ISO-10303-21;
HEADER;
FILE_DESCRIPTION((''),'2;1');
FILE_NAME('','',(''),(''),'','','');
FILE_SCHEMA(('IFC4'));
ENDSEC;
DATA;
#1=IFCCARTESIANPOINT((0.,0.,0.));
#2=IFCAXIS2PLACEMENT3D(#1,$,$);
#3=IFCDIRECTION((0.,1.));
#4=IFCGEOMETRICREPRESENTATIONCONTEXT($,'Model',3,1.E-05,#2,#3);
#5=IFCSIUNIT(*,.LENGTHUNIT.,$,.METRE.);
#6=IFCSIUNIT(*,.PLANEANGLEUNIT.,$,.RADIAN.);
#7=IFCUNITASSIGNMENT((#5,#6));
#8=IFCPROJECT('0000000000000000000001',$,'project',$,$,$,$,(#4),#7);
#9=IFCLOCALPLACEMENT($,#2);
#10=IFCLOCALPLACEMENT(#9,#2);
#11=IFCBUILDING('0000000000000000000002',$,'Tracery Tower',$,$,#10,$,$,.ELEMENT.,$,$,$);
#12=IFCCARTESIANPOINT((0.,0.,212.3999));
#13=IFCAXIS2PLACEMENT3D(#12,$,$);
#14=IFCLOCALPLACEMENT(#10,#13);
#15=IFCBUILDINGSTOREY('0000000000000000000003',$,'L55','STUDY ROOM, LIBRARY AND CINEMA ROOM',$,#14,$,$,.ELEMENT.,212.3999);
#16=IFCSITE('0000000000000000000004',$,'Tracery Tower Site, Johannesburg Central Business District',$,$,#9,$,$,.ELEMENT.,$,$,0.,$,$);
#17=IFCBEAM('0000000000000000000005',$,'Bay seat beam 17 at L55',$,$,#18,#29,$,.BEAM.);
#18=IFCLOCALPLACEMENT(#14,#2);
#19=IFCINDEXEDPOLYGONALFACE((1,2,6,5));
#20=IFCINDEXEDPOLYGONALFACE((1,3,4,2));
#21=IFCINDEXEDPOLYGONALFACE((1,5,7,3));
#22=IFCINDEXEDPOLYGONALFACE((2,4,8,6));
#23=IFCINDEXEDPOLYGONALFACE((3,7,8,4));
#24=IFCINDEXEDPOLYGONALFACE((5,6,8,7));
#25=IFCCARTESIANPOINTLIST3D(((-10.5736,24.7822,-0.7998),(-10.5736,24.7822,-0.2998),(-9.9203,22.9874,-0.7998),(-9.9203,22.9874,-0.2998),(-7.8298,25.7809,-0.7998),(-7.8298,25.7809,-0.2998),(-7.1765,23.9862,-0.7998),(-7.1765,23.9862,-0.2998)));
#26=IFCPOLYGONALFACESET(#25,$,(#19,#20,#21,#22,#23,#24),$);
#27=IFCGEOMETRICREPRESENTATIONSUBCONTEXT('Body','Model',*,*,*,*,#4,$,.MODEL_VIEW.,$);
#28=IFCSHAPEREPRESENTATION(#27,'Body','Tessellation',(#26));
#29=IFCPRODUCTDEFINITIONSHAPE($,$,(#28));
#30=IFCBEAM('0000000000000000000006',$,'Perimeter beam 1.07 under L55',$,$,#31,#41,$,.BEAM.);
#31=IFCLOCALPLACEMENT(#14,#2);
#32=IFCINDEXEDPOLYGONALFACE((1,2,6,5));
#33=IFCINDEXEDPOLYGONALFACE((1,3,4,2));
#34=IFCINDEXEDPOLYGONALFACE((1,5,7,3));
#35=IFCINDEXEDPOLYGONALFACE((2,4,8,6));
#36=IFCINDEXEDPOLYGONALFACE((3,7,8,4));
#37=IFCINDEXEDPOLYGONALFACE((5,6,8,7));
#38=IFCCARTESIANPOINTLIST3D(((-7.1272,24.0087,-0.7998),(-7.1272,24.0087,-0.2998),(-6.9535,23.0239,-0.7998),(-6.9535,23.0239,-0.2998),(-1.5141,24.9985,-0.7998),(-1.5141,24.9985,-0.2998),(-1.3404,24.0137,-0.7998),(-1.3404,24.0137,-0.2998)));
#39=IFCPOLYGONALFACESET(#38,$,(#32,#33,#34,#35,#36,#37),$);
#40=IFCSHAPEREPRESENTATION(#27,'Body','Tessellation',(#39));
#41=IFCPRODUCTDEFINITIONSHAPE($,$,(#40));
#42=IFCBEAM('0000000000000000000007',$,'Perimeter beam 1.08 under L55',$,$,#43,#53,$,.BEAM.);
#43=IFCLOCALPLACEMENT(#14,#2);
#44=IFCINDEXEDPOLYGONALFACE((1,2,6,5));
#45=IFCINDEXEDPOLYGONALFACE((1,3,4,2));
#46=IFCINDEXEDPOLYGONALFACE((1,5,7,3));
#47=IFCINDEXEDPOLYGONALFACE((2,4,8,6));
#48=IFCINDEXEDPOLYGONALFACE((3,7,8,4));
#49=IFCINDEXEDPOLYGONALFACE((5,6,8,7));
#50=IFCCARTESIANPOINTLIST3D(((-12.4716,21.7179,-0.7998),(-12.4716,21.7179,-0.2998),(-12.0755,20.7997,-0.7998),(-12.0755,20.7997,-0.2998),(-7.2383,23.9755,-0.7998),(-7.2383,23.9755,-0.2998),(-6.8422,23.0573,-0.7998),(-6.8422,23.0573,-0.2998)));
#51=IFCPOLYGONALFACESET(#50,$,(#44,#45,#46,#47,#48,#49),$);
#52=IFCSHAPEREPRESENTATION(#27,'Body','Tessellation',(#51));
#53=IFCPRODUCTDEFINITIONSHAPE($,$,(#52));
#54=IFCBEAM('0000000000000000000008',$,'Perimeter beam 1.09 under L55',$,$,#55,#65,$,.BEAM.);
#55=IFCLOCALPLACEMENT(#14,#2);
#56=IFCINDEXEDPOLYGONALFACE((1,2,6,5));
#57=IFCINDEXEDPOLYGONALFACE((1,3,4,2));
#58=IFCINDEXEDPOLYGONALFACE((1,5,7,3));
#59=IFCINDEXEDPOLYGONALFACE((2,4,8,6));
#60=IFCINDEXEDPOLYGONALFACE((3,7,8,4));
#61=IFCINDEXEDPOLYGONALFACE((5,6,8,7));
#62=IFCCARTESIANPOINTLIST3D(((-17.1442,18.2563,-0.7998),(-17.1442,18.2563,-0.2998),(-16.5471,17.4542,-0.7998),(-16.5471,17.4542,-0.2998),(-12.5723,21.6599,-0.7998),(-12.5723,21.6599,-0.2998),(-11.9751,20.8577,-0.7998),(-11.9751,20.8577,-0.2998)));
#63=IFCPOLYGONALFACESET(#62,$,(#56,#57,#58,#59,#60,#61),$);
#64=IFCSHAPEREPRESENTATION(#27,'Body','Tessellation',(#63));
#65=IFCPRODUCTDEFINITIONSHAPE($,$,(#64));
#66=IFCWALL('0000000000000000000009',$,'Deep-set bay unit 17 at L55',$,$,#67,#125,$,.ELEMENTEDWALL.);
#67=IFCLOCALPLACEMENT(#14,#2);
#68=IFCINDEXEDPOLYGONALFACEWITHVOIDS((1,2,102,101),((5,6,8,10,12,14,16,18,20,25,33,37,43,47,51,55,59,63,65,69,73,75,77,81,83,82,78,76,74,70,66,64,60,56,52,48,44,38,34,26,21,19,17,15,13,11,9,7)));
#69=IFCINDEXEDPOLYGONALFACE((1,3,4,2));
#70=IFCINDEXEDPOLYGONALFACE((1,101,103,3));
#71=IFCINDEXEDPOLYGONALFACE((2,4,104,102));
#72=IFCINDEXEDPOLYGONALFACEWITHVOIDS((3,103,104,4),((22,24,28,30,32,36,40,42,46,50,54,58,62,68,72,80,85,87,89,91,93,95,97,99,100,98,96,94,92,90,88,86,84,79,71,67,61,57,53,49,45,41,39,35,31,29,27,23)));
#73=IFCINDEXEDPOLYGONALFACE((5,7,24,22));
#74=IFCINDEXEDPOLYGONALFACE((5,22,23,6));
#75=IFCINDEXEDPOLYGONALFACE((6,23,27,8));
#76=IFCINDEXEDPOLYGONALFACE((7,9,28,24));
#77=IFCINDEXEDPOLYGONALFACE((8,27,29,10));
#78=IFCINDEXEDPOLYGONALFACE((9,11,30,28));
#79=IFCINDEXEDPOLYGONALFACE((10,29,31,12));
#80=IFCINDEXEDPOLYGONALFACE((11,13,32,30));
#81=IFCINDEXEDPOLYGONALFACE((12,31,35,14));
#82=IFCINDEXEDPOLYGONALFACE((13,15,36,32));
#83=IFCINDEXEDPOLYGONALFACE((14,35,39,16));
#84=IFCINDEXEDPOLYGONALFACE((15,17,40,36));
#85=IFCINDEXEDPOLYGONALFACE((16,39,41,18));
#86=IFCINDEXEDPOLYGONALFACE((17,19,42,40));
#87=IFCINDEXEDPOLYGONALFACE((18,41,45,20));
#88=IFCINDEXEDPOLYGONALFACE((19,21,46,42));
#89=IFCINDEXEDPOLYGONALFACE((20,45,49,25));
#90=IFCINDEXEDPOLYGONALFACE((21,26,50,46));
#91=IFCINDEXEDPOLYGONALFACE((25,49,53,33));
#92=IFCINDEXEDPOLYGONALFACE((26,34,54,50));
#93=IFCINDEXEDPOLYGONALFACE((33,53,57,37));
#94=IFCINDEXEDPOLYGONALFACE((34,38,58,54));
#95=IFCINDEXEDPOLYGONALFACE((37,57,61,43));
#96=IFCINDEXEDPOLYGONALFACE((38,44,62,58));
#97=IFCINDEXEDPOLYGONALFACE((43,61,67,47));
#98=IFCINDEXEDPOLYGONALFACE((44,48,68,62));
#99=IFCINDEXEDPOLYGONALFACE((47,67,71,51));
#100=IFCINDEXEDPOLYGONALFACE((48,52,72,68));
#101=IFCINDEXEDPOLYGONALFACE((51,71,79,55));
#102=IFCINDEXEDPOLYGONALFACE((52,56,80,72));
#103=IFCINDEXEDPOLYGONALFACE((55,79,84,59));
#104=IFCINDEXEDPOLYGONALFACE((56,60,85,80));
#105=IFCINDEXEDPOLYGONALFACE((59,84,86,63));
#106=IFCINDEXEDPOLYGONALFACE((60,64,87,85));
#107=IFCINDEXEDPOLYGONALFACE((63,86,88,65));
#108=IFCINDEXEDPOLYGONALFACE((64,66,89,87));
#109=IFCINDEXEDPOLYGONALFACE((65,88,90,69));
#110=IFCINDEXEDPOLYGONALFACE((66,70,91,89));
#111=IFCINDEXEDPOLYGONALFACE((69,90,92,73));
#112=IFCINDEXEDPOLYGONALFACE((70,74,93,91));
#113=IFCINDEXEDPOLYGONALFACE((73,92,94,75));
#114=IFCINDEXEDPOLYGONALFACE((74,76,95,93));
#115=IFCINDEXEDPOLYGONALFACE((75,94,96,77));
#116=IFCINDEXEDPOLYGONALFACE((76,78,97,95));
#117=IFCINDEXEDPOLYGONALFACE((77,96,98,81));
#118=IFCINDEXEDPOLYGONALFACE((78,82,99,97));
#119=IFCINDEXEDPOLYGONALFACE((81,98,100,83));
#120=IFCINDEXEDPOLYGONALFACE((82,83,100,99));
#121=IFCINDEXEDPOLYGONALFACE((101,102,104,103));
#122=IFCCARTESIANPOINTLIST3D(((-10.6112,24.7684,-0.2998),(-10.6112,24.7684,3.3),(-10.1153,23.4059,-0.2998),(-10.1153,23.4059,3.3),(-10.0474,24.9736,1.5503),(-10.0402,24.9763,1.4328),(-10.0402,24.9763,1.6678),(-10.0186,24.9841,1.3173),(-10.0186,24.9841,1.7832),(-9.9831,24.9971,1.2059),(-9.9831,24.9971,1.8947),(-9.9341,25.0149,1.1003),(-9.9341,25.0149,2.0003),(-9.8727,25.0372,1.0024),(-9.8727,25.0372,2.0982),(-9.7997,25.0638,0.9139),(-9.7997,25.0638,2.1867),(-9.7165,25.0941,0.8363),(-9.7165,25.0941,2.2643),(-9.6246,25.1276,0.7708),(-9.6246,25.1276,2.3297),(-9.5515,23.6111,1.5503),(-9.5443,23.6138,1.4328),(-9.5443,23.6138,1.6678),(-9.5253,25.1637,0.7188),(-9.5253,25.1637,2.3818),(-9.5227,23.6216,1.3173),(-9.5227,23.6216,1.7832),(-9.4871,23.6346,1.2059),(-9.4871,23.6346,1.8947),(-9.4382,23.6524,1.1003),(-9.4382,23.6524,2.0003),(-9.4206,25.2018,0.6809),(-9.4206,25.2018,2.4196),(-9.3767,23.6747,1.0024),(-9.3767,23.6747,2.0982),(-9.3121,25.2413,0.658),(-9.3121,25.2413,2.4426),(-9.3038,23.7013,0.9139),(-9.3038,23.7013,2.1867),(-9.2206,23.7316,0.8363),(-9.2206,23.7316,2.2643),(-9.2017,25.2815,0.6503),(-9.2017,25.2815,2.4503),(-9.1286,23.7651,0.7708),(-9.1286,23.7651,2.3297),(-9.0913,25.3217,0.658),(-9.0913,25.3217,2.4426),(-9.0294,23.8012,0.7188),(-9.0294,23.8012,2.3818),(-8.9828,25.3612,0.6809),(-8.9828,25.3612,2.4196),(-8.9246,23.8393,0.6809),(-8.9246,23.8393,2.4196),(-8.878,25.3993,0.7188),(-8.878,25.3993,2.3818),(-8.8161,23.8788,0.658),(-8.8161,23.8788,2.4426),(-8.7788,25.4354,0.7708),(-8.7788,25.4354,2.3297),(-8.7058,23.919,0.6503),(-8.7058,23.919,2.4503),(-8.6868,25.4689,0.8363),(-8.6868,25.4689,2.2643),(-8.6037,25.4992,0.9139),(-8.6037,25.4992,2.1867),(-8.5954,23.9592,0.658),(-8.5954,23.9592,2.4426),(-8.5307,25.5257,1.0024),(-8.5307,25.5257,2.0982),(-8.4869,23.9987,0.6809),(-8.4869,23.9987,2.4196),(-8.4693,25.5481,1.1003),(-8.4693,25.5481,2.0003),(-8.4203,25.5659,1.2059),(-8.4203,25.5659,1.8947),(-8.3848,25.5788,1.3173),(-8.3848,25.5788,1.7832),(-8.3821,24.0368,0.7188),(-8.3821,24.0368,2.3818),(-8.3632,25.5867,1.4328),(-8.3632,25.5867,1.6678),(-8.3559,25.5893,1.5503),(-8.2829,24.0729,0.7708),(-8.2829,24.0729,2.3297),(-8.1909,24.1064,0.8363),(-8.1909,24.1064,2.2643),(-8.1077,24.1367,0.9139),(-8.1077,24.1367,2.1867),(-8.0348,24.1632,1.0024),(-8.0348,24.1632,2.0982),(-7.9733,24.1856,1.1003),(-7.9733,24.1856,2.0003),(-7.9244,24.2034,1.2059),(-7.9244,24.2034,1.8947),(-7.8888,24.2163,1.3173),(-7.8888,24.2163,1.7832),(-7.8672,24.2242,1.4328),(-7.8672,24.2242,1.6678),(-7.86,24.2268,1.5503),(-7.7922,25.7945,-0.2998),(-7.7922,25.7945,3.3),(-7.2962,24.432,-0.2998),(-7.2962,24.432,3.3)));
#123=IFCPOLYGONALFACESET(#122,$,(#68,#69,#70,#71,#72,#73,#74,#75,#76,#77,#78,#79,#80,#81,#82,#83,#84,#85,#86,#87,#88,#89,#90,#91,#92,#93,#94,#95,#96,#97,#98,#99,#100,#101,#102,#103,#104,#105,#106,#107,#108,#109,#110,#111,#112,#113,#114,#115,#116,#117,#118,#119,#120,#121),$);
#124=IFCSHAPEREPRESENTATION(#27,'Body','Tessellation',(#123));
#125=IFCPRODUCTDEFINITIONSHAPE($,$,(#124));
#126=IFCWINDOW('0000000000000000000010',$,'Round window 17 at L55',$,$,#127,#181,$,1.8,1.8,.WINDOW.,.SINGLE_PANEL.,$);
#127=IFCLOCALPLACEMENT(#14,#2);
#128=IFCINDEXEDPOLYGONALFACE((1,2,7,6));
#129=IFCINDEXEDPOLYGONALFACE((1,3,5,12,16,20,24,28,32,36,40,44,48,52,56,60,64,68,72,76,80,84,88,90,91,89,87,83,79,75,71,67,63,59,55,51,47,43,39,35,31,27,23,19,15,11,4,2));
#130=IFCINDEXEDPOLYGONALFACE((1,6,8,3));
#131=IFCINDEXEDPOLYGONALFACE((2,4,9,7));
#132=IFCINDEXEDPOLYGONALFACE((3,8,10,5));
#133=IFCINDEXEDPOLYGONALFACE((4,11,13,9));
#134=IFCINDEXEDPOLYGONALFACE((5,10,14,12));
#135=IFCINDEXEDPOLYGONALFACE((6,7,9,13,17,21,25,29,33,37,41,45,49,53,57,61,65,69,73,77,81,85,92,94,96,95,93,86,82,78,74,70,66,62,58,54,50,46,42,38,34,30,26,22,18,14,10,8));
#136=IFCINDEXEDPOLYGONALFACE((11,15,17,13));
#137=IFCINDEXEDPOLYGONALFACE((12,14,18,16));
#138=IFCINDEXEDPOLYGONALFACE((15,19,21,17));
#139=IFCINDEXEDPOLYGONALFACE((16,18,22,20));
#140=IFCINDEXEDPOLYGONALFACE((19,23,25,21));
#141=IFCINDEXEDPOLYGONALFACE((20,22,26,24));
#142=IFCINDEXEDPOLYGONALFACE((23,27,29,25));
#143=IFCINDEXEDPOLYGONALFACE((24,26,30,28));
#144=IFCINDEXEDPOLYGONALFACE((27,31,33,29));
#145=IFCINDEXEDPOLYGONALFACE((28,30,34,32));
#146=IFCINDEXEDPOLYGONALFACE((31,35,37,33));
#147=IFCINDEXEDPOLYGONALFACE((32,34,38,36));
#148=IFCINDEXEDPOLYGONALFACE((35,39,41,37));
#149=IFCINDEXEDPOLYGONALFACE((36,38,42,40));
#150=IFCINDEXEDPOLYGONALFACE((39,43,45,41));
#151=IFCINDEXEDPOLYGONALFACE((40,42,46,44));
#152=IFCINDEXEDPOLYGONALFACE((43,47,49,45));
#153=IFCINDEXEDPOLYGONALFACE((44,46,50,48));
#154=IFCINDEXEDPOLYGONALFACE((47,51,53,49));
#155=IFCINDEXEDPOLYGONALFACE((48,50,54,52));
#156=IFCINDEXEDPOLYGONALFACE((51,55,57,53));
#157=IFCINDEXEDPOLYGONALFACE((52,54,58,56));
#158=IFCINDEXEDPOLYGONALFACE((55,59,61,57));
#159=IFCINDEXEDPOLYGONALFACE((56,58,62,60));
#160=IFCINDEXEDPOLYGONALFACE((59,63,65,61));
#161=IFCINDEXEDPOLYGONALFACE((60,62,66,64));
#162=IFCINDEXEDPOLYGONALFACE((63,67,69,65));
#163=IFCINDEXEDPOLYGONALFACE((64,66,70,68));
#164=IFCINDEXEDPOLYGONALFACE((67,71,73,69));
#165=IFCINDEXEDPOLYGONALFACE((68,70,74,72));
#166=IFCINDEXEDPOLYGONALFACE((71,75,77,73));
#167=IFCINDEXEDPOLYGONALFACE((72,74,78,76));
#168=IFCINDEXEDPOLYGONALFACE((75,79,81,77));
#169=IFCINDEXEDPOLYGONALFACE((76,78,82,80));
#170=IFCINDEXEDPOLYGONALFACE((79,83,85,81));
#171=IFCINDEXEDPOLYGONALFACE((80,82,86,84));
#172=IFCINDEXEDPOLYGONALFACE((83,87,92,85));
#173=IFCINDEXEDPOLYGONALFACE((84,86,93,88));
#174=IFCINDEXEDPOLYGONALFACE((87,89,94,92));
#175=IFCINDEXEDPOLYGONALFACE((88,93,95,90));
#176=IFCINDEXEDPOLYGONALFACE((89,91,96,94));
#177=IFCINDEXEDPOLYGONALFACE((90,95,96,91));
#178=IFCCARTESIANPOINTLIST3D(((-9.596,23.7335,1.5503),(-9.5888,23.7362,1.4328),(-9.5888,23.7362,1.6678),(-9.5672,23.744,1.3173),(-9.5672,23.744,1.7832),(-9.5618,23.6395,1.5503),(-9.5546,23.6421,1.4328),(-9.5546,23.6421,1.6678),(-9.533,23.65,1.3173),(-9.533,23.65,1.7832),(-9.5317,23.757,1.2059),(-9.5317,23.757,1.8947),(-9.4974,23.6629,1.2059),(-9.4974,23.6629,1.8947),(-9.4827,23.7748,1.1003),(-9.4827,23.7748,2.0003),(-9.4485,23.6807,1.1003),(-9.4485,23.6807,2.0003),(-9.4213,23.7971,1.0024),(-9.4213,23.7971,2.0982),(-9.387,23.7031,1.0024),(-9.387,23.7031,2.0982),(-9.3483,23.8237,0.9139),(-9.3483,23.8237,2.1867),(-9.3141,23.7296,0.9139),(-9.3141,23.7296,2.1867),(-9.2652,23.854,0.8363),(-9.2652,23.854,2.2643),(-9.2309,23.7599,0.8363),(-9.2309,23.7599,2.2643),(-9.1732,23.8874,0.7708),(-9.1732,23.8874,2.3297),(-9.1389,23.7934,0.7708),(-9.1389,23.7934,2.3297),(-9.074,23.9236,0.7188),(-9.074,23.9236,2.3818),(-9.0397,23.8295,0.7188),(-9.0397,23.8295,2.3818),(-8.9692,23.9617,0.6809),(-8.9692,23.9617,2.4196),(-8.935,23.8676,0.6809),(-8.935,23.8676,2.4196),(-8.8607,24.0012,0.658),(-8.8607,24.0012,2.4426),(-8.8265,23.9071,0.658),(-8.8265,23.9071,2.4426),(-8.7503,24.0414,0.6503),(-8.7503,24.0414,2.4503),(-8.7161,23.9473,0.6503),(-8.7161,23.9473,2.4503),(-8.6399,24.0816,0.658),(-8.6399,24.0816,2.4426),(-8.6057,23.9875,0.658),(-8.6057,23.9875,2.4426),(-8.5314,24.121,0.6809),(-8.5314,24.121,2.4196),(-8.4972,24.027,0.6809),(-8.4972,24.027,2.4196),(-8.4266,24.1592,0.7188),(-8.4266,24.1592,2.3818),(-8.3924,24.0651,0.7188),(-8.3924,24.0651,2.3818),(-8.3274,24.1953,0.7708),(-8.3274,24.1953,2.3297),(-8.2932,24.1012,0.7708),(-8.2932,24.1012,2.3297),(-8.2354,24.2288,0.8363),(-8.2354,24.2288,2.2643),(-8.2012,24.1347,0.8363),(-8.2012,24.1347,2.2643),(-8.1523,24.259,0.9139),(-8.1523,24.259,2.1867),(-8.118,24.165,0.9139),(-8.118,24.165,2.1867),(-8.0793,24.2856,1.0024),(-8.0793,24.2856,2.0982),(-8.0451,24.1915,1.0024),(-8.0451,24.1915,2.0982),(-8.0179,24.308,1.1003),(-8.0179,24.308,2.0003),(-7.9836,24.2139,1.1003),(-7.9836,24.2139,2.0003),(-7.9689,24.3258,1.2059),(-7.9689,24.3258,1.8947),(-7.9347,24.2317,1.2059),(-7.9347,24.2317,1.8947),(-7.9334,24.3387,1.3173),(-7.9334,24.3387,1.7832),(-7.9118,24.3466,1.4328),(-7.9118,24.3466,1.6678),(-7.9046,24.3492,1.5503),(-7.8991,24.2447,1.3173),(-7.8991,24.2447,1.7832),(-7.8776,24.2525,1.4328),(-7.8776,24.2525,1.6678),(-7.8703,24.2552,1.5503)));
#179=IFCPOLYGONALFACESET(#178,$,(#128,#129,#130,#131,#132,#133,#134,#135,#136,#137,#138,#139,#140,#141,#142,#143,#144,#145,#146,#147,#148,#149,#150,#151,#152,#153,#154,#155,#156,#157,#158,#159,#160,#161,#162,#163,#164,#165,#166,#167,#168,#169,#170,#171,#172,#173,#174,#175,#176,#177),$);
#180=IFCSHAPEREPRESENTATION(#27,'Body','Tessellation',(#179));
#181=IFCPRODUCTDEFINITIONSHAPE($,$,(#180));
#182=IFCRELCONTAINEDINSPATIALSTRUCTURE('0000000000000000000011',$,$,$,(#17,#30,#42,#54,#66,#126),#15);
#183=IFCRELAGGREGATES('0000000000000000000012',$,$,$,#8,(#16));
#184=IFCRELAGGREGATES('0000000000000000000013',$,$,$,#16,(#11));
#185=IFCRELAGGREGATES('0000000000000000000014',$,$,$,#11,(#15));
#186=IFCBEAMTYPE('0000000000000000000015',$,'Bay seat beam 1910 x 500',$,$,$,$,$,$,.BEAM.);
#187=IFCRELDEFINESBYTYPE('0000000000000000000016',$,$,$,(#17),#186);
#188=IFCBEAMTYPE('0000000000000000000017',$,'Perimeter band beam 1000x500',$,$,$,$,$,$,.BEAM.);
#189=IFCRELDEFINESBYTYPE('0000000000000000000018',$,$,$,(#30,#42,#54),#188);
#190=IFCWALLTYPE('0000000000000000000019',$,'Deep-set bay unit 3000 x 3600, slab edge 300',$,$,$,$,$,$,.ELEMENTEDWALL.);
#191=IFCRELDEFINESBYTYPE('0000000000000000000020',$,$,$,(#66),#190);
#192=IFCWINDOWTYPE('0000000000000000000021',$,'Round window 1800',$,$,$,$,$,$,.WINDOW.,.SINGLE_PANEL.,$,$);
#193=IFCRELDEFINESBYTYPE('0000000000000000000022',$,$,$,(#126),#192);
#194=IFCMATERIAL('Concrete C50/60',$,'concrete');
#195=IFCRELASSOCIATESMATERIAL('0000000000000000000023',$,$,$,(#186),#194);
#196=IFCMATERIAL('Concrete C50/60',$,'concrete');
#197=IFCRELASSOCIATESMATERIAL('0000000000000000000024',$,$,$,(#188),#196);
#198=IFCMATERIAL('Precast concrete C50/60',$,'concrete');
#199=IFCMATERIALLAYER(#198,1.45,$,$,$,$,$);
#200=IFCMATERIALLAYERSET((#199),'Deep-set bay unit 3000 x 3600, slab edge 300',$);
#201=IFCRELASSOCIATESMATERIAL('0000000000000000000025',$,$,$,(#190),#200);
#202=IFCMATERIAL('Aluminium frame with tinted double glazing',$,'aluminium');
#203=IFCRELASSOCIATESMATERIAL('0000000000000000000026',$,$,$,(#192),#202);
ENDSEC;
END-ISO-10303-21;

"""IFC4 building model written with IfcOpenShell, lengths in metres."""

from ifc_helpers import new_model, si_unit, direction, frame, frame_2d, origin, origin_2d, place, context, subcontext, project, spatial, rectangle, circle, extrude, material, layer, layer_set, material_profile, profile_set, type_object, element, fill, save


model = new_model("IFC4")

# Units and contexts
model_context = context("Model", 3, precision=1e-05, world=origin(), true_north=direction((0.0, 1.0)))
body_context = subcontext(model_context, "Body", "Model", "MODEL_VIEW")
ifc_project = project(units=[si_unit("LENGTHUNIT", "METRE"), si_unit("PLANEANGLEUNIT", "RADIAN")], contexts=[model_context])

# Site, building, storey
site_placement = place(None, origin())
site = spatial("IfcSite", under=ifc_project, at=site_placement, Name="Tracery Tower Site, Johannesburg Central Business District", CompositionType="ELEMENT", RefElevation=0.0)
building_placement = place(site_placement, origin())
building = spatial("IfcBuilding", under=site, at=building_placement, Name="Tracery Tower", CompositionType="ELEMENT")
storey_placement = place(building_placement, frame((0.0, 0.0, 212.3999)))
storey = spatial("IfcBuildingStorey", under=building, at=storey_placement, Name="L55", Description="STUDY ROOM, LIBRARY AND CINEMA ROOM", CompositionType="ELEMENT", Elevation=212.3999)

# Beams
ifc_material_1 = material(Name="Concrete C50/60", Category="concrete")
ifc_material_profile_1 = material_profile(ifc_material_1, rectangle(XDim=1.9099, YDim=0.5, at=origin_2d()), Name="RC 1910x500")
ifc_profile_set_1 = profile_set([ifc_material_profile_1], Name="Concrete C50/60")
beam_type_1 = type_object("IfcBeamType", Name="Bay seat beam 1910 x 500", PredefinedType="BEAM", material=ifc_profile_set_1)
beam_1_placement = place(storey_placement, frame((-7.5032, 24.8835, -0.5498), z_axis=(-0.939684, -0.342045, 0.0), x_axis=(0.342045, -0.939684, 0.0)))
element("IfcBeam", 1, at=beam_1_placement, inside=storey, type_object=beam_type_1, Name="Bay seat beam 17 at L55", PredefinedType="BEAM", context=body_context, shape_type="SweptSolid", body=[
    extrude(rectangle(XDim=1.9099, YDim=0.5, at=origin_2d()), origin(), (0.0, 0.0, 1.0), 2.9199),
])
ifc_material_2 = material(Name="Concrete C50/60", Category="concrete")
ifc_material_profile_2 = material_profile(ifc_material_2, rectangle(XDim=1.0, YDim=0.5, at=origin_2d()), Name="RC 1000x500")
ifc_profile_set_2 = profile_set([ifc_material_profile_2], Name="Concrete C50/60")
beam_type_2 = type_object("IfcBeamType", Name="Perimeter band beam 1000x500", PredefinedType="BEAM", material=ifc_profile_set_2)
beam_2_placement = place(storey_placement, frame((-1.4272, 24.5061, -0.5498), z_axis=(-0.984807, -0.173651, 0.0), x_axis=(0.173651, -0.984807, 0.0)))
element("IfcBeam", 2, at=beam_2_placement, inside=storey, type_object=beam_type_2, Name="Perimeter beam 1.07 under L55", PredefinedType="BEAM", context=body_context, shape_type="SweptSolid", body=[
    extrude(rectangle(XDim=1.0, YDim=0.5, at=origin_2d()), origin(), (0.0, 0.0, 1.0), 5.6997),
])
beam_3_placement = place(storey_placement, frame((-7.0403, 23.5164, -0.5498), z_axis=(-0.91821, -0.396095, 0.0), x_axis=(0.396095, -0.91821, 0.0)))
element("IfcBeam", 3, at=beam_3_placement, inside=storey, type_object=beam_type_2, Name="Perimeter beam 1.08 under L55", PredefinedType="BEAM", context=body_context, shape_type="SweptSolid", body=[
    extrude(rectangle(XDim=1.0, YDim=0.5, at=origin_2d()), origin(), (0.0, 0.0, 1.0), 5.6995),
])
beam_4_placement = place(storey_placement, frame((-12.2737, 21.2588, -0.5498), z_axis=(-0.802138, -0.597138, 0.0), x_axis=(0.597138, -0.802138, 0.0)))
element("IfcBeam", 4, at=beam_4_placement, inside=storey, type_object=beam_type_2, Name="Perimeter beam 1.09 under L55", PredefinedType="BEAM", context=body_context, shape_type="SweptSolid", body=[
    extrude(rectangle(XDim=1.0, YDim=0.5, at=origin_2d()), origin(), (0.0, 0.0, 1.0), 5.6997),
])

# Wall, opening, window
ifc_material_3 = material(Name="Precast concrete C50/60", Category="concrete")
ifc_layer_1 = layer(ifc_material_3, 1.45)
ifc_layer_set_1 = layer_set([ifc_layer_1], Name="Deep-set bay unit 3000 x 3600, slab edge 300")
wall_type_1 = type_object("IfcWallType", Name="Deep-set bay unit 3000 x 3600, slab edge 300", PredefinedType="ELEMENTEDWALL", material=ifc_layer_set_1)
wall_1_placement = place(storey_placement, frame((-7.5442, 25.1133, -0.2998), z_axis=(0.0, 0.0, 1.0), x_axis=(-0.939686, -0.342037, 0.0)))
wall_1 = element("IfcWall", 5, at=wall_1_placement, inside=storey, type_object=wall_type_1, Name="Deep-set bay unit 17 at L55", PredefinedType="ELEMENTEDWALL", context=body_context, shape_type="SweptSolid", body=[
    extrude(rectangle(XDim=3.0, YDim=1.45, at=frame_2d((1.5, 0.0))), origin(), (0.0, 0.0, 1.0), 3.5999),
])
opening_1_placement = place(wall_1_placement, frame((1.5, 0.0, 1.8501)))
opening_1 = element("IfcOpeningElement", 6, at=opening_1_placement, cuts=wall_1, PredefinedType="OPENING", context=body_context, shape_type="SweptSolid", body=[
    extrude(circle(Radius=0.9, at=origin_2d()), frame((0.0, 0.7349, 0.0), z_axis=(0.0, -1.0, 0.0), x_axis=(1.0, 0.0, 0.0)), (0.0, 0.0, 1.0), 1.47),
])
ifc_material_4 = material(Name="Aluminium frame with tinted double glazing", Category="aluminium")
window_type = type_object("IfcWindowType", Name="Round window 1800", PartitioningType="SINGLE_PANEL", PredefinedType="WINDOW", material=ifc_material_4)
window_1_placement = place(opening_1_placement, origin())
window_1 = element("IfcWindow", 7, at=window_1_placement, inside=storey, type_object=window_type, Name="Round window 17 at L55", OverallHeight=1.8, OverallWidth=1.8, PartitioningType="SINGLE_PANEL", PredefinedType="WINDOW", context=body_context, shape_type="SweptSolid", body=[
    extrude(circle(Radius=0.9, at=origin_2d()), frame((0.0, 0.6948, 0.0), z_axis=(0.0, -1.0, 0.0), x_axis=(1.0, 0.0, 0.0)), (0.0, 0.0, 1.0), 0.1001),
])
fill(opening_1, window_1)

save(model, "model.ifc")
